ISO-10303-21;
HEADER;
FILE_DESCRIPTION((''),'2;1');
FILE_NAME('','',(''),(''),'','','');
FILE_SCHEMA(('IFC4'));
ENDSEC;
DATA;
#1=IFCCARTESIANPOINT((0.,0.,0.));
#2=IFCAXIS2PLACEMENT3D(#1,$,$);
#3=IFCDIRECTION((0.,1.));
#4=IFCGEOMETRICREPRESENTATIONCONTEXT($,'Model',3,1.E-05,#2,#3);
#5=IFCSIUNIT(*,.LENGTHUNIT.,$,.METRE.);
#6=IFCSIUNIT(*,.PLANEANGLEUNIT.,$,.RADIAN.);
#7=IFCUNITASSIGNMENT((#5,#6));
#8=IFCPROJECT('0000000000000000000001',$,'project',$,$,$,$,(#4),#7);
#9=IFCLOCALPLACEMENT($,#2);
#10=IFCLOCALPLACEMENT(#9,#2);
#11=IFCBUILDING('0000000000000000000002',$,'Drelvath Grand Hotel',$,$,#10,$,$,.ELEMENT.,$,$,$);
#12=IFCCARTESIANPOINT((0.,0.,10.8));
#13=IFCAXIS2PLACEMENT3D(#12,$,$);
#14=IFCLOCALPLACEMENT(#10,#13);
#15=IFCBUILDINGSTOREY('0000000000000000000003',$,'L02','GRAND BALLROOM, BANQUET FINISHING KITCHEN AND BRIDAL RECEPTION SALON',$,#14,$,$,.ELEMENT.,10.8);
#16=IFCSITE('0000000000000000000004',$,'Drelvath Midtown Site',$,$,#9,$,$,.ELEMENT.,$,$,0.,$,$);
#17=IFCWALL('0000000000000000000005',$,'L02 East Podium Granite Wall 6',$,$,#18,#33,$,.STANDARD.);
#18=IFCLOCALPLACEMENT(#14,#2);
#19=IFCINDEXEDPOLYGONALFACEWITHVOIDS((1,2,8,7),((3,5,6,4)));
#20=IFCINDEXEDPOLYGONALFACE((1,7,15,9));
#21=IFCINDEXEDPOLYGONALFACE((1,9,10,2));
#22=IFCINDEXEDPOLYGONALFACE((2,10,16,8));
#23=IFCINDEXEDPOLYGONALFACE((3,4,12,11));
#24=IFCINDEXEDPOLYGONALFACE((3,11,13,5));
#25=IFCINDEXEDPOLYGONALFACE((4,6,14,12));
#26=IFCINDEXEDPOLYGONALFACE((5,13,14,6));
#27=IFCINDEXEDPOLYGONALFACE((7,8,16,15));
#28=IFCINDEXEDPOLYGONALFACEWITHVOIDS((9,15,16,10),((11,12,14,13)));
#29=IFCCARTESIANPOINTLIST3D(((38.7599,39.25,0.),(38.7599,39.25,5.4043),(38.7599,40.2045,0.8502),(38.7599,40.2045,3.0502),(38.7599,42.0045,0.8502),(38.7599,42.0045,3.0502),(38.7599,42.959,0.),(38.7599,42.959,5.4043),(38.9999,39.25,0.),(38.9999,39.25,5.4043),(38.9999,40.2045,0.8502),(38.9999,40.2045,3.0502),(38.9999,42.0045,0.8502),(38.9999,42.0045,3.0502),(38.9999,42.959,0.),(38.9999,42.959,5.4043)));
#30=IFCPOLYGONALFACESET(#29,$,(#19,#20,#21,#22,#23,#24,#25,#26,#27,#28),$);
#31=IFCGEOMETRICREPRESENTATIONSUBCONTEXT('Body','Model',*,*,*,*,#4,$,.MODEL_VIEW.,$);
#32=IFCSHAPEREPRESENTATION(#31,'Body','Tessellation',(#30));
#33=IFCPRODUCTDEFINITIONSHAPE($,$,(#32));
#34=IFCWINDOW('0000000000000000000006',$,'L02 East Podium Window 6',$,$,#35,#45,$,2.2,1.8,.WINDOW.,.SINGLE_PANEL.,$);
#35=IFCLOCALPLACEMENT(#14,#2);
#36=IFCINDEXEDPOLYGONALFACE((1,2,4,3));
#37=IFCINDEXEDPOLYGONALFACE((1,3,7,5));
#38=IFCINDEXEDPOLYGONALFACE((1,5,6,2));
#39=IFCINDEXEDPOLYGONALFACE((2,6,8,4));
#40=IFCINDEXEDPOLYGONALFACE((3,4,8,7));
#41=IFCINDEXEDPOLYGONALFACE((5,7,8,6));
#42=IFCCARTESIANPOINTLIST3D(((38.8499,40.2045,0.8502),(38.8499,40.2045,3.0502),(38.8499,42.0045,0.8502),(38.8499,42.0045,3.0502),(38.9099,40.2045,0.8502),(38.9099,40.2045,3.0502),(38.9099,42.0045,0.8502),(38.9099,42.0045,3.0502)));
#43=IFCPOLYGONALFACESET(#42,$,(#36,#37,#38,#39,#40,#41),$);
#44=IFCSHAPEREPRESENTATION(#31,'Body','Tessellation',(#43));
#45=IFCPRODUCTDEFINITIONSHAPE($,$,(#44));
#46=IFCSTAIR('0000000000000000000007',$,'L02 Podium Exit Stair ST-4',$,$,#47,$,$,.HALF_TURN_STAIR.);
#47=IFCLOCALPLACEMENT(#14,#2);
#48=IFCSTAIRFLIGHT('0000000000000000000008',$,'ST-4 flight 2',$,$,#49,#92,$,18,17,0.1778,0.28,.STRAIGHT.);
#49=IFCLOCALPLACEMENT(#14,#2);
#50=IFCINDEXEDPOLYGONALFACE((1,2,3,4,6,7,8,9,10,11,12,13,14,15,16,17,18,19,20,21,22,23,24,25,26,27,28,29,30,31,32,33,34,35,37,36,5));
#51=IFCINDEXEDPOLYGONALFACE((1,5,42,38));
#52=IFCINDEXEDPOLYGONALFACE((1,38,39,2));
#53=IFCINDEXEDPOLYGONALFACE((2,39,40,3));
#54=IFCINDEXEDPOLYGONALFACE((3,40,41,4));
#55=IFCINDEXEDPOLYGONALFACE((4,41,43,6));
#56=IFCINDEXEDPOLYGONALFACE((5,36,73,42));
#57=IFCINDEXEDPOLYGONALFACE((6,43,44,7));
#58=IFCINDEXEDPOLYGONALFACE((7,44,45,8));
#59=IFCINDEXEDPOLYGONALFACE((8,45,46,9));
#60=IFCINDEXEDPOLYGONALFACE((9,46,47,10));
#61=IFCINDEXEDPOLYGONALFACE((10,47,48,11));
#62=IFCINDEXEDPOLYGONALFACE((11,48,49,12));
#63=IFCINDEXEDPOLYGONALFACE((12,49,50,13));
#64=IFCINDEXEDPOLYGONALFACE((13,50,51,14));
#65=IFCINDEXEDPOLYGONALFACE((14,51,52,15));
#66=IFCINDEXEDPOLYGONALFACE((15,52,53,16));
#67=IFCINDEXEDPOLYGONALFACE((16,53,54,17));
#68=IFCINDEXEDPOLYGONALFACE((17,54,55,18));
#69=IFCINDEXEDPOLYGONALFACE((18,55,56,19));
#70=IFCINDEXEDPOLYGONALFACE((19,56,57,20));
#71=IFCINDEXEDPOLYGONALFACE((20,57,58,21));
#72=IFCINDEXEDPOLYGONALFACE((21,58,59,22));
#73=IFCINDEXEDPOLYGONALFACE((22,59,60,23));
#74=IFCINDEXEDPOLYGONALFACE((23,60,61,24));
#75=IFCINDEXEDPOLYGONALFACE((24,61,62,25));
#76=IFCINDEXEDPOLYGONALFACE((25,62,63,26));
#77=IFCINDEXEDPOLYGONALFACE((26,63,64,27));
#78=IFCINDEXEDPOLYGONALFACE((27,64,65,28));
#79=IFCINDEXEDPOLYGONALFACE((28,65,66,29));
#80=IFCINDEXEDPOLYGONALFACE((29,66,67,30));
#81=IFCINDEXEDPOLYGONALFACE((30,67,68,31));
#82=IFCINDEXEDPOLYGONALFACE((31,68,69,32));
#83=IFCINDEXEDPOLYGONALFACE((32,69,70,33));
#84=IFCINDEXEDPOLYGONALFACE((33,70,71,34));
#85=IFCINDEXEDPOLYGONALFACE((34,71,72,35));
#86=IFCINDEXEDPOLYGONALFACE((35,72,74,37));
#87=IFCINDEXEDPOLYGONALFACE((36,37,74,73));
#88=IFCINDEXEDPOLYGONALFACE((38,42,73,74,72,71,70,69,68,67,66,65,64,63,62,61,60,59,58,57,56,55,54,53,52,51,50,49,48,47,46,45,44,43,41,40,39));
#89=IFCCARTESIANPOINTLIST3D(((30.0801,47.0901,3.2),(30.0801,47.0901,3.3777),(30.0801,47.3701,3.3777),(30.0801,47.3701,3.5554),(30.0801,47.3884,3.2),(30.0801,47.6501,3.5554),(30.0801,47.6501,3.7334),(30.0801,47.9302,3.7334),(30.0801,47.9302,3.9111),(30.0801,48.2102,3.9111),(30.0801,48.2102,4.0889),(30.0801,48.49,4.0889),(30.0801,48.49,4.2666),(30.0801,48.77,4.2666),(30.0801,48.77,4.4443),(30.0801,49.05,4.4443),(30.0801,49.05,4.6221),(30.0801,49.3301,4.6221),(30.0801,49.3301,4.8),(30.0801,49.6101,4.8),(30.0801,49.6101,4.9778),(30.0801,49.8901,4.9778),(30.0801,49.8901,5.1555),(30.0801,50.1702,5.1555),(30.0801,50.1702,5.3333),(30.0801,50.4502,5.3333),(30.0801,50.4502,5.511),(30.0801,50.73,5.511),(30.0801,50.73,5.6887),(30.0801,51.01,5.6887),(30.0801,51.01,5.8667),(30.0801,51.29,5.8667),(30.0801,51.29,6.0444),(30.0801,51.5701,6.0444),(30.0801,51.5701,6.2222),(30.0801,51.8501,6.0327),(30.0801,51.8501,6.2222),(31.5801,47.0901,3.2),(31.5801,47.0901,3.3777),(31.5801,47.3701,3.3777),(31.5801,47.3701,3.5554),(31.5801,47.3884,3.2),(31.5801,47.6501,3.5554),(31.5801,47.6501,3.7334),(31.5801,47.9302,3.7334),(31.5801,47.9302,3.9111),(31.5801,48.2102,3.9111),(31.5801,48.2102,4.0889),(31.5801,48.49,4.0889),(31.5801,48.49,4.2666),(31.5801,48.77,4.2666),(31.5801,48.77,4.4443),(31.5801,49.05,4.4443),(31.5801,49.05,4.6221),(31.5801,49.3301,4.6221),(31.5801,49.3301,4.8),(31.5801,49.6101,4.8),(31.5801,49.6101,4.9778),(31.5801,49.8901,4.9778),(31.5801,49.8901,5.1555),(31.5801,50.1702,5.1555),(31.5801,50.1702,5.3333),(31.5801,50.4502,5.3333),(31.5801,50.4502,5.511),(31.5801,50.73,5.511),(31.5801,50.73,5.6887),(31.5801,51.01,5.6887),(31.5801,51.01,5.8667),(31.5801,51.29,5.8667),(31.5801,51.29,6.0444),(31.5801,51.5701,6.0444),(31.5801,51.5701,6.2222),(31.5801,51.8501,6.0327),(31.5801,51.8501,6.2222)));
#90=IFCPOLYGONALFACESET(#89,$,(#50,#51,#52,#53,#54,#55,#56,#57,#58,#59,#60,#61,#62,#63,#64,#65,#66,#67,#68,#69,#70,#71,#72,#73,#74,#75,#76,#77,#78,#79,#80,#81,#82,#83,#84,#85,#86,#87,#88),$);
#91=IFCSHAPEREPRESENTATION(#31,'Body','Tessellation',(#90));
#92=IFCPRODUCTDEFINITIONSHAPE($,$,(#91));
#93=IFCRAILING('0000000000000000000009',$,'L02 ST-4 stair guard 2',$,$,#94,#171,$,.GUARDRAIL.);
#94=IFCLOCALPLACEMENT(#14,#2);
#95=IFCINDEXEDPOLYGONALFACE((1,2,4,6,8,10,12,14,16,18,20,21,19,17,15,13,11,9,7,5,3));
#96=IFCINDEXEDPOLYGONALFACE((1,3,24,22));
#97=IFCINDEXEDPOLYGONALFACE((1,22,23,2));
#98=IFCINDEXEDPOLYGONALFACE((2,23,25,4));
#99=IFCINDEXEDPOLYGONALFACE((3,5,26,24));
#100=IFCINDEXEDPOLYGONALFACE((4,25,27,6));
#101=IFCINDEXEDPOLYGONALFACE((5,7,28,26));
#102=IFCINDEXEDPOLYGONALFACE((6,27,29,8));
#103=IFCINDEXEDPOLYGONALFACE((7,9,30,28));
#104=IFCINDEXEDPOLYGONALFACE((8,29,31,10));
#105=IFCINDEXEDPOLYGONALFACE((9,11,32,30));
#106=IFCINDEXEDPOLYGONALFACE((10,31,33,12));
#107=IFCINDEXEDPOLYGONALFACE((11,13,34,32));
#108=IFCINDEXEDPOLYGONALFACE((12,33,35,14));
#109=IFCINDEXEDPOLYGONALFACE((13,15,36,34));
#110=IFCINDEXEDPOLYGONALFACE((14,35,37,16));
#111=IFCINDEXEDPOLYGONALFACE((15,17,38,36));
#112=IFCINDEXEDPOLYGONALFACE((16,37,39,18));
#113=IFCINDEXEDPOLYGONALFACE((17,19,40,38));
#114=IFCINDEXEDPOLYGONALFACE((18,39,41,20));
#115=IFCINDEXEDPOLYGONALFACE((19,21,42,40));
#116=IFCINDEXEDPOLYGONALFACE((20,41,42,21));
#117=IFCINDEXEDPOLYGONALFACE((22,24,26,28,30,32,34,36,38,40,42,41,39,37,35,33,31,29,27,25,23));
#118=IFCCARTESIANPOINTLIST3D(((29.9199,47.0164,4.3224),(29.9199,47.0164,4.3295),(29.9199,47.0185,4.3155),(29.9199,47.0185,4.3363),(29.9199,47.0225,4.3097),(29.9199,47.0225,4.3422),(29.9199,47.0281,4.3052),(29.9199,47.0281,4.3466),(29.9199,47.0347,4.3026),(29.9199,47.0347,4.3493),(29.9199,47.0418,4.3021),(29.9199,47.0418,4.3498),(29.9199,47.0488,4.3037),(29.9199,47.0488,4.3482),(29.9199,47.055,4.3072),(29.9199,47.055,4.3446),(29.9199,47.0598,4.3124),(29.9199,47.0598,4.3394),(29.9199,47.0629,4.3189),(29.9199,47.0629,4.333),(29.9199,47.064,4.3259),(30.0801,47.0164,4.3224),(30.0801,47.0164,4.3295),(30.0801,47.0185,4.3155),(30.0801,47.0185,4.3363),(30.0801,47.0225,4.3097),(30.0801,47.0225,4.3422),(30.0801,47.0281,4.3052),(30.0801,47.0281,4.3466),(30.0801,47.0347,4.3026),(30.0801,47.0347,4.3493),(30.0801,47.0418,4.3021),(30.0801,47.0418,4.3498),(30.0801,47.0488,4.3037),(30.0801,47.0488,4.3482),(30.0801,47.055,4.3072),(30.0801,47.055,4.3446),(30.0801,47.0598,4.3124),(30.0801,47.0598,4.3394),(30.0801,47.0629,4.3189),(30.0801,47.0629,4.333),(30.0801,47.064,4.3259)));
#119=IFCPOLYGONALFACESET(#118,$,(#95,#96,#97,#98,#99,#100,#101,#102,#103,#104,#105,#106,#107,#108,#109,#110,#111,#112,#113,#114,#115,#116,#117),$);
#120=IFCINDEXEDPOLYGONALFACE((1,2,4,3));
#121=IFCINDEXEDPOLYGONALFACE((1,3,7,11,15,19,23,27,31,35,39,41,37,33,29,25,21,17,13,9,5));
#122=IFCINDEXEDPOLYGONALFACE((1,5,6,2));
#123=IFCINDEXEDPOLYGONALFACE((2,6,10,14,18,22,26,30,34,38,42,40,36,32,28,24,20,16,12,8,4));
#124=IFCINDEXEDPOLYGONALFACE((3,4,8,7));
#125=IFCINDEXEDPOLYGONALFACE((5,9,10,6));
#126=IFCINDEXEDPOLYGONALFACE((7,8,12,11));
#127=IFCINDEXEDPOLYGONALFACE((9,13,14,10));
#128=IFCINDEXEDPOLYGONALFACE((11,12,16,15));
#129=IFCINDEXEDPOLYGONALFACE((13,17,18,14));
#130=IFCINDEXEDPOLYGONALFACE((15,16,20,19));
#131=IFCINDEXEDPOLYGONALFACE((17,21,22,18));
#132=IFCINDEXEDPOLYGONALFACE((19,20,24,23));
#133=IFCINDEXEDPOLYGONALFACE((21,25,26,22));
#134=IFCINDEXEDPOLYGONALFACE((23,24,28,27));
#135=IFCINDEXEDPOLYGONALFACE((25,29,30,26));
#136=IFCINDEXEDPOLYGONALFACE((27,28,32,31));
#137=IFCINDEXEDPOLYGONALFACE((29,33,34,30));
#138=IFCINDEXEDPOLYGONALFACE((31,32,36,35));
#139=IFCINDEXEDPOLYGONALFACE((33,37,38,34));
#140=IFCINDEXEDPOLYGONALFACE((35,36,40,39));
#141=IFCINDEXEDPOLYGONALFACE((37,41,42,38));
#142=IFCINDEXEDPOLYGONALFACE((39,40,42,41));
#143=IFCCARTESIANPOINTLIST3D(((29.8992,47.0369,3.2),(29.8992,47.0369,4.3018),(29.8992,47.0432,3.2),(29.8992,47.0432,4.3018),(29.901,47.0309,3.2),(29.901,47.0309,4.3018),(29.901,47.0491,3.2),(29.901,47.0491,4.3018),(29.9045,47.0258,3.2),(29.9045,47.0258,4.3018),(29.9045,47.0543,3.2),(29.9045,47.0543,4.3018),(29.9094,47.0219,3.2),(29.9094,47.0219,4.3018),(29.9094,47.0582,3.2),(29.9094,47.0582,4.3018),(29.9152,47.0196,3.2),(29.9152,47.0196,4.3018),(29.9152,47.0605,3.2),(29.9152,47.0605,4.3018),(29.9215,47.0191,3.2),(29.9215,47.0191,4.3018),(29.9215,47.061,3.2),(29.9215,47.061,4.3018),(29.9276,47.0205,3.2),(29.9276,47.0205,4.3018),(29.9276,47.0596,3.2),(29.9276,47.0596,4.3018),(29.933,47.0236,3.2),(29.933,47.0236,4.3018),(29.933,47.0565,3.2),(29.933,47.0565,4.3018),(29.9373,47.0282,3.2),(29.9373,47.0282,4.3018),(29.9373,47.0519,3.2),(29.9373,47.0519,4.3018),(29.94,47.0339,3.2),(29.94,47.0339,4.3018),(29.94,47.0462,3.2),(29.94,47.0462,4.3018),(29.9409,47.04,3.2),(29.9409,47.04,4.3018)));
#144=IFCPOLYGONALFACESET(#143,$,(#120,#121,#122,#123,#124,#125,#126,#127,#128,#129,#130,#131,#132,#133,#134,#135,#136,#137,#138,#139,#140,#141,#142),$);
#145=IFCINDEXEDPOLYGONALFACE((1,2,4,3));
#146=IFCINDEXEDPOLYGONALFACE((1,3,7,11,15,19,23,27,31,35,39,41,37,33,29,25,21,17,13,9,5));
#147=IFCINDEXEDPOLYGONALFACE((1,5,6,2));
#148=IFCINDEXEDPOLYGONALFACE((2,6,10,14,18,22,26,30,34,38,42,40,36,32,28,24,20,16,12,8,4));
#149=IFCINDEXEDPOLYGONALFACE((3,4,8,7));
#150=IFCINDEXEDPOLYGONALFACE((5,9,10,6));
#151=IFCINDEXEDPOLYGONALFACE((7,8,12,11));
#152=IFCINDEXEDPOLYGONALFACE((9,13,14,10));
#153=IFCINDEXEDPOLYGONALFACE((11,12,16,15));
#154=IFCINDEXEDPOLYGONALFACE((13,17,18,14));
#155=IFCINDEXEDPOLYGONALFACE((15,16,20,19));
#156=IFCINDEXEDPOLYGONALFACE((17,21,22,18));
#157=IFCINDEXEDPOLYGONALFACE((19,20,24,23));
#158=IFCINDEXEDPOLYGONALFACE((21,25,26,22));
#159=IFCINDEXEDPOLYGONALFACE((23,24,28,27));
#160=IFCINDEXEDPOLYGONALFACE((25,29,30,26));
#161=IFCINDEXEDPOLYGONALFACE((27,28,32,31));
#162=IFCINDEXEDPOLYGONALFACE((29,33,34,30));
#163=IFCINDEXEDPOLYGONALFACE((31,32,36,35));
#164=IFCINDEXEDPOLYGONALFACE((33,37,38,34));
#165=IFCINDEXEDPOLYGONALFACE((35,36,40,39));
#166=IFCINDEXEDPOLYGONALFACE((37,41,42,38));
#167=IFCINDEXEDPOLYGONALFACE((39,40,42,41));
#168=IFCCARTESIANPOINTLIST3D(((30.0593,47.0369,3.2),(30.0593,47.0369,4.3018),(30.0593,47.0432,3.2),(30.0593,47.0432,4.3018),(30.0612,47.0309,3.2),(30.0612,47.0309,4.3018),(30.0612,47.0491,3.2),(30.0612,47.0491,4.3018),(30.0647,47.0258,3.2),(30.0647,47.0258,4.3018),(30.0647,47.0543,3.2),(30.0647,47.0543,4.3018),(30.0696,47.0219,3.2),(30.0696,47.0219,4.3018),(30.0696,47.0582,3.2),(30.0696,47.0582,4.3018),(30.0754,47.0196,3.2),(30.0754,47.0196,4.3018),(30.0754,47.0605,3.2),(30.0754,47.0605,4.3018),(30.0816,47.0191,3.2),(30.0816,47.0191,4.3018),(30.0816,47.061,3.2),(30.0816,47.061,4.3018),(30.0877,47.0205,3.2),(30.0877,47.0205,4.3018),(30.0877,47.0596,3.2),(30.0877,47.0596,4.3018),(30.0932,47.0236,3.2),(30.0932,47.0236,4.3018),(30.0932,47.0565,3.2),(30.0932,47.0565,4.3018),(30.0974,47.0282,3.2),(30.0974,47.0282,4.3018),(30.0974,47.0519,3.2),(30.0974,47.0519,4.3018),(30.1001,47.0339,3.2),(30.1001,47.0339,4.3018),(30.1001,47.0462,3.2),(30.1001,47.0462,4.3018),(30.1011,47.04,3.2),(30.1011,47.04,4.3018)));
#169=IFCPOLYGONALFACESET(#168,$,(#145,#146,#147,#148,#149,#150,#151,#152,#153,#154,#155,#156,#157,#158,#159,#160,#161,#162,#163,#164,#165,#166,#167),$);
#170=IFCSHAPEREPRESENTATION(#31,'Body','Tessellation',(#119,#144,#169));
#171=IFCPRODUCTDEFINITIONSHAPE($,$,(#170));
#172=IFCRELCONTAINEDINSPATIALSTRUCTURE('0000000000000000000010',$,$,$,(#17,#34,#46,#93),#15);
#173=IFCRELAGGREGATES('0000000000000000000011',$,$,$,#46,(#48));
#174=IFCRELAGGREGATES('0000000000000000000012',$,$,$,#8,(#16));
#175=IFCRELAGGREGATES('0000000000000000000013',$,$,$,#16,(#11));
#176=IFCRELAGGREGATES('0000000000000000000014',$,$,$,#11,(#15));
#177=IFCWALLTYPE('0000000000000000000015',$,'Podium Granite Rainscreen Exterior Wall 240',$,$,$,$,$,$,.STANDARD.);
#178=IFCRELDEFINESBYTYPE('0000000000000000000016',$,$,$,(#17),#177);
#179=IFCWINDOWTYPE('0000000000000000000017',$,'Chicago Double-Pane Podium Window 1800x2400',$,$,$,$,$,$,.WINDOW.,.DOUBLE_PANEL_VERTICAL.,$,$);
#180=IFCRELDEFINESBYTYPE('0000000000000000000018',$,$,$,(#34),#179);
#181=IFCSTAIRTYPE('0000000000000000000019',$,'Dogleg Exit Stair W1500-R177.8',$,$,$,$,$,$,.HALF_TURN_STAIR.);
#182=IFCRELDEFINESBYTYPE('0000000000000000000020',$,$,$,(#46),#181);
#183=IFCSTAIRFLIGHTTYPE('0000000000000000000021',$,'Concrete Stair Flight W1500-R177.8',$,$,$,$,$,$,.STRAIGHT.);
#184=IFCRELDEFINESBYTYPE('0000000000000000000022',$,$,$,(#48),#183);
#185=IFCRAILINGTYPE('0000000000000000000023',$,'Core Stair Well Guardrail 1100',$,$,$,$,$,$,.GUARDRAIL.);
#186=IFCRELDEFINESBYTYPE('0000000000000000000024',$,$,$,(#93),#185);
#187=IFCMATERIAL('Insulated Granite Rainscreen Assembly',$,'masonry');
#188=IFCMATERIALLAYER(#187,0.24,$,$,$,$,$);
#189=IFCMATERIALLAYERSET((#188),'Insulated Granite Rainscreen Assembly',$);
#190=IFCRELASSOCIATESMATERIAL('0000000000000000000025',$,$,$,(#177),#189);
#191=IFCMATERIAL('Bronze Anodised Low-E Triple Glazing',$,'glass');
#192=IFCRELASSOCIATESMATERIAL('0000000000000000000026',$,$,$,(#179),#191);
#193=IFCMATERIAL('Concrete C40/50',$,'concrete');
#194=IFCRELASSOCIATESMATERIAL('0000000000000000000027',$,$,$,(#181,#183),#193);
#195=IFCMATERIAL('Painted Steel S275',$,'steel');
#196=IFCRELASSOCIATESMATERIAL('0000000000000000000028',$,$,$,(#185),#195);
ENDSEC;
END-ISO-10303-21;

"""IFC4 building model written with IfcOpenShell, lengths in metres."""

from ifc_helpers import new_model, si_unit, direction, frame, frame_2d, origin, origin_2d, place, context, subcontext, project, spatial, polyline, rectangle, circle, outline, extrude, material, layer, layer_set, type_object, element, fill, aggregate, save


model = new_model("IFC4")

# Units and contexts
model_context = context("Model", 3, precision=1e-05, world=origin(), true_north=direction((0.0, 1.0)))
body_context = subcontext(model_context, "Body", "Model", "MODEL_VIEW")
ifc_project = project(units=[si_unit("LENGTHUNIT", "METRE"), si_unit("PLANEANGLEUNIT", "RADIAN")], contexts=[model_context])

# Site, building, storey
site_placement = place(None, origin())
site = spatial("IfcSite", under=ifc_project, at=site_placement, Name="Drelvath Midtown Site", CompositionType="ELEMENT", RefElevation=0.0)
building_placement = place(site_placement, origin())
building = spatial("IfcBuilding", under=site, at=building_placement, Name="Drelvath Grand Hotel", CompositionType="ELEMENT")
storey_placement = place(building_placement, frame((0.0, 0.0, 10.8)))
storey = spatial("IfcBuildingStorey", under=building, at=storey_placement, Name="L02", Description="GRAND BALLROOM, BANQUET FINISHING KITCHEN AND BRIDAL RECEPTION SALON", CompositionType="ELEMENT", Elevation=10.8)

# Shared definitions
ifc_material_1 = material(Name="Concrete C40/50", Category="concrete")
ifc_material_2 = material(Name="Painted Steel S275", Category="steel")

# Wall, opening, window
ifc_material_3 = material(Name="Insulated Granite Rainscreen Assembly", Category="masonry")
ifc_layer_1 = layer(ifc_material_3, 0.24)
ifc_layer_set_1 = layer_set([ifc_layer_1], Name="Insulated Granite Rainscreen Assembly")
wall_type_1 = type_object("IfcWallType", Name="Podium Granite Rainscreen Exterior Wall 240", PredefinedType="STANDARD", material=ifc_layer_set_1)
ifc_material_4 = material(Name="Bronze Anodised Low-E Triple Glazing", Category="glass")
window_type = type_object("IfcWindowType", Name="Chicago Double-Pane Podium Window 1800x2400", PartitioningType="DOUBLE_PANEL_VERTICAL", PredefinedType="WINDOW", material=ifc_material_4)
wall_1_placement = place(storey_placement, frame((38.8799, 42.959, 0.0), z_axis=(0.0, 0.0, 1.0), x_axis=(0.0, -1.0, 0.0)))
wall_1 = element("IfcWall", 1, at=wall_1_placement, inside=storey, type_object=wall_type_1, Name="L02 East Podium Granite Wall 6", PredefinedType="STANDARD", context=body_context, shape_type="SweptSolid", body=[
    extrude(rectangle(XDim=3.709, YDim=0.24, at=frame_2d((1.8545, 0.0))), origin(), (0.0, 0.0, 1.0), 5.4043),
])
opening_1_placement = place(wall_1_placement, frame((0.9546, 0.0, 0.8501)))
opening_1 = element("IfcOpeningElement", 2, at=opening_1_placement, cuts=wall_1, PredefinedType="OPENING", context=body_context, shape_type="SweptSolid", body=[
    extrude(rectangle(XDim=1.8, YDim=2.2, at=frame_2d((0.8999, 1.1001))), frame((0.0, 0.1299, 0.0), z_axis=(0.0, -1.0, 0.0), x_axis=(1.0, 0.0, 0.0)), (0.0, 0.0, 1.0), 0.26),
])
window_1_placement = place(opening_1_placement, origin())
window_1 = element("IfcWindow", 3, at=window_1_placement, inside=storey, type_object=window_type, Name="L02 East Podium Window 6", OverallHeight=2.2, OverallWidth=1.8, PartitioningType="SINGLE_PANEL", PredefinedType="WINDOW", context=body_context, shape_type="SweptSolid", body=[
    extrude(rectangle(XDim=1.8, YDim=2.2, at=frame_2d((0.8999, 1.1001))), frame((0.0, 0.03, 0.0), z_axis=(0.0, -1.0, 0.0), x_axis=(1.0, 0.0, 0.0)), (0.0, 0.0, 1.0), 0.0601),
])
fill(opening_1, window_1)

# Stair, stair flight
stair_type = type_object("IfcStairType", Name="Dogleg Exit Stair W1500-R177.8", PredefinedType="HALF_TURN_STAIR", material=ifc_material_1)
stair_placement = place(storey_placement, origin())
stair = element("IfcStair", 4, at=stair_placement, inside=storey, type_object=stair_type, Name="L02 Podium Exit Stair ST-4", PredefinedType="HALF_TURN_STAIR")
stair_flight_type = type_object("IfcStairFlightType", Name="Concrete Stair Flight W1500-R177.8", PredefinedType="STRAIGHT", material=ifc_material_1)
stair_flight_placement = place(storey_placement, frame((30.8301, 47.0901, 3.2), z_axis=(0.0, 0.0, 1.0), x_axis=(0.0, 1.0, 0.0)))
stair_flight = element("IfcStairFlight", 5, at=stair_flight_placement, type_object=stair_flight_type, Name="ST-4 flight 2", NumberOfRisers=18, NumberOfTreads=17, PredefinedType="STRAIGHT", RiserHeight=0.1778, TreadLength=0.28, context=body_context, shape_type="SweptSolid", body=[
    extrude(outline(polyline([(0.0, 0.0), (0.0, 0.1777), (0.28, 0.1777), (0.28, 0.3555), (0.5601, 0.3555), (0.5601, 0.5334), (0.8401, 0.5334), (0.8401, 0.7112), (1.1201, 0.7112), (1.1201, 0.8889), (1.3999, 0.8889), (1.3999, 1.0667), (1.6799, 1.0667), (1.6799, 1.2444), (1.96, 1.2444), (1.96, 1.4221), (2.24, 1.4221), (2.24, 1.6001), (2.52, 1.6001), (2.52, 1.7778), (2.8, 1.7778), (2.8, 1.9556), (3.0801, 1.9556), (3.0801, 2.1333), (3.3601, 2.1333), (3.3601, 2.311), (3.6399, 2.311), (3.6399, 2.4888), (3.9199, 2.4888), (3.9199, 2.6667), (4.2, 2.6667), (4.2, 2.8445), (4.48, 2.8445), (4.48, 3.0222), (4.76, 3.0222), (4.76, 3.2), (4.76, 2.8328), (0.2983, 0.0), (0.0, 0.0)])), frame((0.0, 0.75, 0.0), z_axis=(0.0, -1.0, 0.0), x_axis=(1.0, 0.0, 0.0)), (0.0, 0.0, 1.0), 1.5),
])
aggregate(stair, [stair_flight])

# Railing
railing_type_1 = type_object("IfcRailingType", Name="Core Stair Well Guardrail 1100", PredefinedType="GUARDRAIL", material=ifc_material_2)
railing_1_placement = place(storey_placement, frame((29.9199, 47.04, 3.2)))
element("IfcRailing", 6, at=railing_1_placement, inside=storey, type_object=railing_type_1, Name="L02 ST-4 stair guard 2", PredefinedType="GUARDRAIL", context=body_context, shape_type="SweptSolid", body=[
    extrude(circle(Radius=0.0239, at=origin_2d()), frame((0.0, 0.0, 1.126), z_axis=(1.0, 0.0, 0.0), x_axis=(0.0, 1.0, 0.0)), (0.0, 0.0, 1.0), 0.1602),
    extrude(circle(Radius=0.021, at=origin_2d()), origin(), (0.0, 0.0, 1.0), 1.1018),
    extrude(circle(Radius=0.021, at=origin_2d()), frame((0.1602, 0.0, 0.0)), (0.0, 0.0, 1.0), 1.1018),
])

save(model, "model.ifc")
